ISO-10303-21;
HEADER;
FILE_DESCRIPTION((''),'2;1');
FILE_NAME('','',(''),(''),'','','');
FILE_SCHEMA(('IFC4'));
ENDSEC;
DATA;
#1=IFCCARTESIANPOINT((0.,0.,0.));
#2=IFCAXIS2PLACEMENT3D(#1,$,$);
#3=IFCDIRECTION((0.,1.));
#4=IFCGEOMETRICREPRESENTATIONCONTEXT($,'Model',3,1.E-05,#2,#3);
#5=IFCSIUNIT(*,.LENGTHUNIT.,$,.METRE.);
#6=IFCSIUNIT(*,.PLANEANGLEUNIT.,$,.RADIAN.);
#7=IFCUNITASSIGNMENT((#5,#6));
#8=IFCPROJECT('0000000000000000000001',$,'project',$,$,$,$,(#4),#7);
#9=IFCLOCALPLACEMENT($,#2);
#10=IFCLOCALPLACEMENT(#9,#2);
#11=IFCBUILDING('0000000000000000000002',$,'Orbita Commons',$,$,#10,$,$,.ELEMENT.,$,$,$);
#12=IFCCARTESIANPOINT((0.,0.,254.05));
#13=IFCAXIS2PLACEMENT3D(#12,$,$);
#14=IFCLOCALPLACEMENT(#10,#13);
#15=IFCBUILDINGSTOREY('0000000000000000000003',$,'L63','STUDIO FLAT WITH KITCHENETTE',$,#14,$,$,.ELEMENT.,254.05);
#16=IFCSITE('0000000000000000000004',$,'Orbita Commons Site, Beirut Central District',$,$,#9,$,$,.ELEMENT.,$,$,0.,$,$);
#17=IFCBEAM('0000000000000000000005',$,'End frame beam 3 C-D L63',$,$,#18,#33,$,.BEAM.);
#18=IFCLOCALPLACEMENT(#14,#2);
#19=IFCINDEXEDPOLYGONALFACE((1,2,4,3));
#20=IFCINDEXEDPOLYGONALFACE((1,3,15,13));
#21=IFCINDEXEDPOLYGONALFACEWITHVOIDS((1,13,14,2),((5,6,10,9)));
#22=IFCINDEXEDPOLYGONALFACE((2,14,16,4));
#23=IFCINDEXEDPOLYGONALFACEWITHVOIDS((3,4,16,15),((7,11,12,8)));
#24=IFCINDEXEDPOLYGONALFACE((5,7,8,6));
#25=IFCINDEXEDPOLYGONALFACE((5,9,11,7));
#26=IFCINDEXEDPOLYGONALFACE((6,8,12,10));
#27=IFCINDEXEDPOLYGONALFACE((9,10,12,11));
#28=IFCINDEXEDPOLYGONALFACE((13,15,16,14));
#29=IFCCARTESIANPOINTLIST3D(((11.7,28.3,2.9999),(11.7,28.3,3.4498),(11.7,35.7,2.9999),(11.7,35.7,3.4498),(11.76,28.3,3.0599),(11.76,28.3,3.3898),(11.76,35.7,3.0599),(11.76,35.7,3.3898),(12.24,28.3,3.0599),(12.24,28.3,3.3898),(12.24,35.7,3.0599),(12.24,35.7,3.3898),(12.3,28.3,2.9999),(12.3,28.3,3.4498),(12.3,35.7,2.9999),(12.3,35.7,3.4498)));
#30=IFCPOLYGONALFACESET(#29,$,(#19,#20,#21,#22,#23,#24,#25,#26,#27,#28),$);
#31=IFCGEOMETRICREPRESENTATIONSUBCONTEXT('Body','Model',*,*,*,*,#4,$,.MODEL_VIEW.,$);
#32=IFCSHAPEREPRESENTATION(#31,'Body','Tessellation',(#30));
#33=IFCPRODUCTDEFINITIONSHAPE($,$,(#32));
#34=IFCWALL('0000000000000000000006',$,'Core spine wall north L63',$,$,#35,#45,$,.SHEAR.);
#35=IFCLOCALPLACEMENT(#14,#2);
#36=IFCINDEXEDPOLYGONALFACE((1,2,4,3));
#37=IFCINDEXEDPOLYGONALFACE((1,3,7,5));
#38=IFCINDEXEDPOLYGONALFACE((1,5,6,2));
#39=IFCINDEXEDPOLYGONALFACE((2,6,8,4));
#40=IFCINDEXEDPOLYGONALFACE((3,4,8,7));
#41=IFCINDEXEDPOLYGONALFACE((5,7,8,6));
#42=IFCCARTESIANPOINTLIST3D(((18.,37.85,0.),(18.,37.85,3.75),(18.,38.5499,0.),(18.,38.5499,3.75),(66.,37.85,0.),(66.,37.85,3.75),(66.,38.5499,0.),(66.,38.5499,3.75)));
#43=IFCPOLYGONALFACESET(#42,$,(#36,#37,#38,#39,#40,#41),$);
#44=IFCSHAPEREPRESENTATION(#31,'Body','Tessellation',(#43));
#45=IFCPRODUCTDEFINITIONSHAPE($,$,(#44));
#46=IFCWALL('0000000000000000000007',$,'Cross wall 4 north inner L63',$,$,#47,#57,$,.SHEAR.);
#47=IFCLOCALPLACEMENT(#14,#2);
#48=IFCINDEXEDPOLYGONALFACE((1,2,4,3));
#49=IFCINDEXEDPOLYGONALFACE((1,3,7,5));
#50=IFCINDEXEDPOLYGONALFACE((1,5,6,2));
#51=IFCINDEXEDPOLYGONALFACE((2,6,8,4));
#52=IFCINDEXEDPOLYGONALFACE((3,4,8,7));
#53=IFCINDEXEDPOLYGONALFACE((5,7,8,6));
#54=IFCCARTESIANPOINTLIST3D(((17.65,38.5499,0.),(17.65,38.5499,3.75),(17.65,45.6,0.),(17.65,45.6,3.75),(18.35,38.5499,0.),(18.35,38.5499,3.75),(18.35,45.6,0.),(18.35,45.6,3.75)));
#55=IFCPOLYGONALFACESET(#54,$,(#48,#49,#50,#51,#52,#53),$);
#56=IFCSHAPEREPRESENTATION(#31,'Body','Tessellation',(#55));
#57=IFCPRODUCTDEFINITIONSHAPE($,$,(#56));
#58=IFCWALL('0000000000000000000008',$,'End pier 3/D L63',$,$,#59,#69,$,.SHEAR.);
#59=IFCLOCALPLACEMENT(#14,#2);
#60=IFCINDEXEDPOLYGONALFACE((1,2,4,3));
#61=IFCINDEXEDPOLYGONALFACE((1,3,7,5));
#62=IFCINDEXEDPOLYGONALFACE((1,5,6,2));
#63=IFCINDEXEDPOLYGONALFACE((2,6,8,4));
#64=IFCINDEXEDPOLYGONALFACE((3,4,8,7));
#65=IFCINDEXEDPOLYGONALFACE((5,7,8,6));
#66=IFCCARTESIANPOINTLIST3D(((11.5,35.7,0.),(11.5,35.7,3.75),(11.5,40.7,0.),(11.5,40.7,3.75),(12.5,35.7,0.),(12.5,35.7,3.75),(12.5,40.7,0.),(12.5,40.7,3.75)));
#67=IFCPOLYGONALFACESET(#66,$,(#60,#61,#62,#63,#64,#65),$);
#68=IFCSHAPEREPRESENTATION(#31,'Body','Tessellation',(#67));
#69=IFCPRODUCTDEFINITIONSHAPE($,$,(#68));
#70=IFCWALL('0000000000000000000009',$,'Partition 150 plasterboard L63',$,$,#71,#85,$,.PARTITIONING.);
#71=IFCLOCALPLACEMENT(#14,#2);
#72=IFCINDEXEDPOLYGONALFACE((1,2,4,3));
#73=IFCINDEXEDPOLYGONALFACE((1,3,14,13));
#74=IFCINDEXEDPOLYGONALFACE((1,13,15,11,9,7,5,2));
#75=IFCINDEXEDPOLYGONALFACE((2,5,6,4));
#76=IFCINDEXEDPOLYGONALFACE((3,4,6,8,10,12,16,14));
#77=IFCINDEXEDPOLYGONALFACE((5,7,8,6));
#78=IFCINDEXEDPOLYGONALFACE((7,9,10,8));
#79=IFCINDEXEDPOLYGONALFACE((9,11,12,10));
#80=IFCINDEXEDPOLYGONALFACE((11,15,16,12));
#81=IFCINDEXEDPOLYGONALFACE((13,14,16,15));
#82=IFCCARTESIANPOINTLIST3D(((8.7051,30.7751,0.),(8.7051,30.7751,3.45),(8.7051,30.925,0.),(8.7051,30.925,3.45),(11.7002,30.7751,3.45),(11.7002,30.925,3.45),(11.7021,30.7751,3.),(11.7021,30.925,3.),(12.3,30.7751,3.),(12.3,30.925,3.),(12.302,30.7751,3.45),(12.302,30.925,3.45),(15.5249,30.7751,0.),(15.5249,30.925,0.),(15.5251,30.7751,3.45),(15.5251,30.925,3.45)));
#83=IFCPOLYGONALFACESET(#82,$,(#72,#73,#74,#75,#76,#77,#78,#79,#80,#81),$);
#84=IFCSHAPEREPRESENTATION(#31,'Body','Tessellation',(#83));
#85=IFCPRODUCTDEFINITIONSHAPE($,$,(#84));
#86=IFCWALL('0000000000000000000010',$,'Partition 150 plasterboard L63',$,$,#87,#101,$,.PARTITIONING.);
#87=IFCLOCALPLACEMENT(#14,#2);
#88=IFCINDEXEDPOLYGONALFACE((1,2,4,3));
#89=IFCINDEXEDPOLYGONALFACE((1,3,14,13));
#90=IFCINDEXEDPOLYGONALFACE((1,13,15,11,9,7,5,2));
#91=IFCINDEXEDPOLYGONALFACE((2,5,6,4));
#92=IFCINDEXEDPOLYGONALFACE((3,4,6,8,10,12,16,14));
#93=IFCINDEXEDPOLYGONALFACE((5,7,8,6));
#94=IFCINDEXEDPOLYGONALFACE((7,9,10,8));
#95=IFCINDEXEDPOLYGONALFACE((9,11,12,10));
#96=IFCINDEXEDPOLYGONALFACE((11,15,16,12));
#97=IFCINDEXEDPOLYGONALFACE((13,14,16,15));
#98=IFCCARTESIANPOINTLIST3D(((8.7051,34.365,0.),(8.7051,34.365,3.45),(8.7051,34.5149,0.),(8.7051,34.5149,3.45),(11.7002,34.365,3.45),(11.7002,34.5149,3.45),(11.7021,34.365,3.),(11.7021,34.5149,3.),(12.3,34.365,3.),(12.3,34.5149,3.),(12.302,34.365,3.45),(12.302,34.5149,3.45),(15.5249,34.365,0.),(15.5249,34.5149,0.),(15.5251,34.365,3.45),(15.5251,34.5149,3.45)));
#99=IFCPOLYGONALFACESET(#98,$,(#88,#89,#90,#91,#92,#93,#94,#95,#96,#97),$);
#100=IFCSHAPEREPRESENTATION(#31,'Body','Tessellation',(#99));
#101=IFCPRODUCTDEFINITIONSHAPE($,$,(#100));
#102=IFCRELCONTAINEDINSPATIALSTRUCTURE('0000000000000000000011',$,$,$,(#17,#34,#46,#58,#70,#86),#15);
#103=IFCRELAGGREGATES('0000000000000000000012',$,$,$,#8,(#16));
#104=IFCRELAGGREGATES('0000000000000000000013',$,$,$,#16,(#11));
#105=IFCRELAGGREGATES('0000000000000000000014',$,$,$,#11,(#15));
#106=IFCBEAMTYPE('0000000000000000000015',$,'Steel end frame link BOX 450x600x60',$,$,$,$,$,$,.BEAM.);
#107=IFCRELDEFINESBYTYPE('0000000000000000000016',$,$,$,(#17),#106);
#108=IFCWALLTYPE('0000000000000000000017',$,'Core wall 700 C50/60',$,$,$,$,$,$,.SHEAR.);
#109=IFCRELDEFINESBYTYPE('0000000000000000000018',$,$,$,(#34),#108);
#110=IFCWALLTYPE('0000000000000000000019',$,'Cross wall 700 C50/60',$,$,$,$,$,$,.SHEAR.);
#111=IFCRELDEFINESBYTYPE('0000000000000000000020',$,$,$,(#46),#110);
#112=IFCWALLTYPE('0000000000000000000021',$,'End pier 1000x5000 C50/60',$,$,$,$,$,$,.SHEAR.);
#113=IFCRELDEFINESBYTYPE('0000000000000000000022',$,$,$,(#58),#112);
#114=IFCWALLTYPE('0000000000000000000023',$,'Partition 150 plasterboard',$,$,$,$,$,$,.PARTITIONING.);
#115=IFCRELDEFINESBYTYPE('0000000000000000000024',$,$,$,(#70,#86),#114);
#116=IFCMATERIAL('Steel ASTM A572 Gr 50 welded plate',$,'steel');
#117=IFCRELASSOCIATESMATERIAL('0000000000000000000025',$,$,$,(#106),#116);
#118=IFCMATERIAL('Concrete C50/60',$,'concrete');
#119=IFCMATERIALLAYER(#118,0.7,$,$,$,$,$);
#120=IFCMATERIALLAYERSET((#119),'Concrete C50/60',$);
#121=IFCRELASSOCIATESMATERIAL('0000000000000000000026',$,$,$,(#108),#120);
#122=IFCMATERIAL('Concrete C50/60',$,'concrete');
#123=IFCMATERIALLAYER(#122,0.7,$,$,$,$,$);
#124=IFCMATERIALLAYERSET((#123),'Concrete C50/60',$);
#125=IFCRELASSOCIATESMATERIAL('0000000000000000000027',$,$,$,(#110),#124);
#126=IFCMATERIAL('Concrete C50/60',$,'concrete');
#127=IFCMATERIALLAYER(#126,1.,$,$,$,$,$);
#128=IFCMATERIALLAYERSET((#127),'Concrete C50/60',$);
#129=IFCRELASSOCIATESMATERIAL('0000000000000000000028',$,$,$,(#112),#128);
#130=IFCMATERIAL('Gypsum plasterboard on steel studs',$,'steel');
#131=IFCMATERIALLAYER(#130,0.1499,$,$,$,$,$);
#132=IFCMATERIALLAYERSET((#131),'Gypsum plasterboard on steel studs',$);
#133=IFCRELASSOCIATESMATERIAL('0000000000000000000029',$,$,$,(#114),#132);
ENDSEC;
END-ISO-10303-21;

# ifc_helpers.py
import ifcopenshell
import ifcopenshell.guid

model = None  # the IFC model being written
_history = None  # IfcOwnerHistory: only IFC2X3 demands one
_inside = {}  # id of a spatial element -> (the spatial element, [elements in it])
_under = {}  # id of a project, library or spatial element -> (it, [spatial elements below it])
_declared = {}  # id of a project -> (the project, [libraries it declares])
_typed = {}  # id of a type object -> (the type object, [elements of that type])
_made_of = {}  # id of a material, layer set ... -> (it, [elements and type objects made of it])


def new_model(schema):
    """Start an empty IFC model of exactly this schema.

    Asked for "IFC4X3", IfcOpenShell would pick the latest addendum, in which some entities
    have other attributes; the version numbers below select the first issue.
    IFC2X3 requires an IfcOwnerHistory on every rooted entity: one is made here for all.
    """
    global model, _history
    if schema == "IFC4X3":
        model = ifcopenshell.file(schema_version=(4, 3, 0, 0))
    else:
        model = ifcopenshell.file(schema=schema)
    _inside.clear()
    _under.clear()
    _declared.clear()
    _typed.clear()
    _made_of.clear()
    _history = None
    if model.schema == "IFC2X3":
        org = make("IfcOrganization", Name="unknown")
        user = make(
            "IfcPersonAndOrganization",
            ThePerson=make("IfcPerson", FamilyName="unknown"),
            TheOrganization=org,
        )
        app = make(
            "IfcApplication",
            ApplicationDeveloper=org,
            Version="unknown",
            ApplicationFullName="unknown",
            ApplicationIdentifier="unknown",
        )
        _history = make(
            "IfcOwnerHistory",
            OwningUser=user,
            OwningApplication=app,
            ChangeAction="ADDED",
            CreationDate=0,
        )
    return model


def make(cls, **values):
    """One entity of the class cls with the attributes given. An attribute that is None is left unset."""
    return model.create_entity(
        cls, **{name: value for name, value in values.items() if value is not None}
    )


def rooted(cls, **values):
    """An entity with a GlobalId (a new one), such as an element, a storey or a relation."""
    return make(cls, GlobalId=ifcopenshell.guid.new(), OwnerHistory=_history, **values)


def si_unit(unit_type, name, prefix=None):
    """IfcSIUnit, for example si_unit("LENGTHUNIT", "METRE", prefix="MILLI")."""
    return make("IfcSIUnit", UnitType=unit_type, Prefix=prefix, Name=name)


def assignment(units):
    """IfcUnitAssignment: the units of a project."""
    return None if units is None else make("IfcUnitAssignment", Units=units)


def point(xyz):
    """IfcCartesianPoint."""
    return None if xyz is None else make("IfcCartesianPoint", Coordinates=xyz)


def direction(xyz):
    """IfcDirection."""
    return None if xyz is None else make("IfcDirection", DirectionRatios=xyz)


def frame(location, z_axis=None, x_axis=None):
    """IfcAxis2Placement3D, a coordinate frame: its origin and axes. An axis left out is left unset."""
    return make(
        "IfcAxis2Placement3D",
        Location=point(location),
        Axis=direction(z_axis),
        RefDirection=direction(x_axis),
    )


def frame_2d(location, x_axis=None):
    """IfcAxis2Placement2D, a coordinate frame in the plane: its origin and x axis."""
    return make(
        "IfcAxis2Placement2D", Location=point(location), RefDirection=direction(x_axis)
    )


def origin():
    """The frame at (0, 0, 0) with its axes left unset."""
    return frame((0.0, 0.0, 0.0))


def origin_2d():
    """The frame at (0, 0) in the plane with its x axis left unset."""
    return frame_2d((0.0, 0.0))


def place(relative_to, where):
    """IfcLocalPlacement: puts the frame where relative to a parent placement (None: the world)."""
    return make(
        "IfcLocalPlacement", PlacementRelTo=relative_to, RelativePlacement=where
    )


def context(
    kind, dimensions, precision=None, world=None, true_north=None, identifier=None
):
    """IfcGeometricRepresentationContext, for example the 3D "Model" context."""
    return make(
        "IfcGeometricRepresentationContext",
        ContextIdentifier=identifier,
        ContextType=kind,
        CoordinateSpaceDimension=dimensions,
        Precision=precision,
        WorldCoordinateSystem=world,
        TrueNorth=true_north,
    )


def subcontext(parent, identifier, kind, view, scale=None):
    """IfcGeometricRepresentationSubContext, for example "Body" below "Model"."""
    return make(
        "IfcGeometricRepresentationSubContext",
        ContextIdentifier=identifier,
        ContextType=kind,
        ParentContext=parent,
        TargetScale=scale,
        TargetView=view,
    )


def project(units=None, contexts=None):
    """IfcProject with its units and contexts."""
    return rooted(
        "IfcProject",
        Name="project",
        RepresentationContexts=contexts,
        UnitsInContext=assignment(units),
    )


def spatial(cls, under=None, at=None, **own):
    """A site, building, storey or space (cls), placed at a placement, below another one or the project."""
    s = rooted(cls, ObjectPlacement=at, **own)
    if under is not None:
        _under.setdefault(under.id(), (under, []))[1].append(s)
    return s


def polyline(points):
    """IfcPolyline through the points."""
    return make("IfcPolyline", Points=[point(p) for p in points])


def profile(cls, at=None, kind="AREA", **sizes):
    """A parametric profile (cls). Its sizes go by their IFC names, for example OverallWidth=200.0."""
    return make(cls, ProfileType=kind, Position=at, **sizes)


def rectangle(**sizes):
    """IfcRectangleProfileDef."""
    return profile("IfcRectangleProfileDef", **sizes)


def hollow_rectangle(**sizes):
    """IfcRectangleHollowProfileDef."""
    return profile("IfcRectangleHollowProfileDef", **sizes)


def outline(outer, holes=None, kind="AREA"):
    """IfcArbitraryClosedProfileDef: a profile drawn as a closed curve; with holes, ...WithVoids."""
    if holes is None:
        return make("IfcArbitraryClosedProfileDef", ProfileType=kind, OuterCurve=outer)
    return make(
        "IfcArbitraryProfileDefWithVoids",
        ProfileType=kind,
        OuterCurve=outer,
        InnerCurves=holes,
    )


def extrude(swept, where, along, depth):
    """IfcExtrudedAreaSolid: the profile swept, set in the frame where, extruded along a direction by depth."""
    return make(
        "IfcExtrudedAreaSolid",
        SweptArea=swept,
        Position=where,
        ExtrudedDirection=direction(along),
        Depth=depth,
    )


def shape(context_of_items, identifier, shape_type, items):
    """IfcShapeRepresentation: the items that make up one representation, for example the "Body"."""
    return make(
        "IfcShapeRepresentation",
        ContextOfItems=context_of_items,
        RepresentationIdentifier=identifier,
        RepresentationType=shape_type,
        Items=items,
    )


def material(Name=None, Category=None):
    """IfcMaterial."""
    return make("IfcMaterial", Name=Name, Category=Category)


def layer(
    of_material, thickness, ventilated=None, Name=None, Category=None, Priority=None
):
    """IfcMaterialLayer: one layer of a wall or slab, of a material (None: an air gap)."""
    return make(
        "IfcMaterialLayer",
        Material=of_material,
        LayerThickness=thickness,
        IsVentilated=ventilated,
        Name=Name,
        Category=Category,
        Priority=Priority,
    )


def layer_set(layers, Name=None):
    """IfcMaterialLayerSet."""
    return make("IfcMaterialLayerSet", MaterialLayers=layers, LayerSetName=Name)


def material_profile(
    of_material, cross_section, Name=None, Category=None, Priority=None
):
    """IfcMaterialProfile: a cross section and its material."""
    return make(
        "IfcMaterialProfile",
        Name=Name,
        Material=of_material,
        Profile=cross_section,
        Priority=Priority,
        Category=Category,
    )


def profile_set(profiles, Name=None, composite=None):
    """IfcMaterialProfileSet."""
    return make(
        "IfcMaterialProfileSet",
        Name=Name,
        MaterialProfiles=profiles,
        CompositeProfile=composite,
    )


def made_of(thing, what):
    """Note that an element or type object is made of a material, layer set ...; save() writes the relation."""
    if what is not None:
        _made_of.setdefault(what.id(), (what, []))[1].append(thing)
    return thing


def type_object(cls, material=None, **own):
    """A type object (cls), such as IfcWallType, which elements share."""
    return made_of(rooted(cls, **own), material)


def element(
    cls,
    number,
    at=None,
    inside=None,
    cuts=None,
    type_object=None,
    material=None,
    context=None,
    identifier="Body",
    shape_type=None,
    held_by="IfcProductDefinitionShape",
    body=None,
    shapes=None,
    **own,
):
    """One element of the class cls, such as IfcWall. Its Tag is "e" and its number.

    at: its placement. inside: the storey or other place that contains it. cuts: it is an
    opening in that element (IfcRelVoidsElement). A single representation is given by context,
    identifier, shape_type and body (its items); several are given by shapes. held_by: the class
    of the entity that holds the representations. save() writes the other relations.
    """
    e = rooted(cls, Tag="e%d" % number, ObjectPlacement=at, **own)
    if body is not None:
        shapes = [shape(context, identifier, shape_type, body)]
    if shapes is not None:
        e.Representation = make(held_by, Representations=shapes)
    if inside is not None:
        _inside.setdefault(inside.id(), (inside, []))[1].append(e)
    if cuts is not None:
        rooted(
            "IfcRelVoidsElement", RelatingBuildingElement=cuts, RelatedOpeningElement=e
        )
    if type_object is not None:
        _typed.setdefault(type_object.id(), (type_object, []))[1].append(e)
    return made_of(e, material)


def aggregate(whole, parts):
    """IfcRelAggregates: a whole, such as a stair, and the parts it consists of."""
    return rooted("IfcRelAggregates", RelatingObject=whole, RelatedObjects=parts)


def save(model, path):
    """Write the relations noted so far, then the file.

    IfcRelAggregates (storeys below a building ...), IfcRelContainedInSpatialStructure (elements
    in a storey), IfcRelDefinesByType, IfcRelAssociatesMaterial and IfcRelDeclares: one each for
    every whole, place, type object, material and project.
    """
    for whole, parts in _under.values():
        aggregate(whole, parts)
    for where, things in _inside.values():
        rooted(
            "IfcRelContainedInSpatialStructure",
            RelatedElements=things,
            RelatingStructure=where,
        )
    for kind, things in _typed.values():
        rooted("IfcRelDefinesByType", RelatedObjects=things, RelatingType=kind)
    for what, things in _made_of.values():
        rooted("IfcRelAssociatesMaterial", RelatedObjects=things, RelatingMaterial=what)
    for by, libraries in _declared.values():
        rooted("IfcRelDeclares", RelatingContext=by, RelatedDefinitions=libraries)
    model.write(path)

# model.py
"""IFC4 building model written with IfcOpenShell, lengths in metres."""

from ifc_helpers import new_model, si_unit, direction, frame, frame_2d, origin, origin_2d, place, context, subcontext, project, spatial, polyline, rectangle, hollow_rectangle, outline, extrude, material, layer, layer_set, material_profile, profile_set, type_object, element, save


model = new_model("IFC4")

# Units and contexts
model_context = context("Model", 3, precision=1e-05, world=origin(), true_north=direction((0.0, 1.0)))
body_context = subcontext(model_context, "Body", "Model", "MODEL_VIEW")
ifc_project = project(units=[si_unit("LENGTHUNIT", "METRE"), si_unit("PLANEANGLEUNIT", "RADIAN")], contexts=[model_context])

# Site, building, storey
site_placement = place(None, origin())
site = spatial("IfcSite", under=ifc_project, at=site_placement, Name="Orbita Commons Site, Beirut Central District", CompositionType="ELEMENT", RefElevation=0.0)
building_placement = place(site_placement, origin())
building = spatial("IfcBuilding", under=site, at=building_placement, Name="Orbita Commons", CompositionType="ELEMENT")
storey_placement = place(building_placement, frame((0.0, 0.0, 254.05)))
storey = spatial("IfcBuildingStorey", under=building, at=storey_placement, Name="L63", Description="STUDIO FLAT WITH KITCHENETTE", CompositionType="ELEMENT", Elevation=254.05)

# Beam
ifc_material_1 = material(Name="Steel ASTM A572 Gr 50 welded plate", Category="steel")
ifc_material_profile = material_profile(ifc_material_1, hollow_rectangle(XDim=0.6001, YDim=0.45, WallThickness=0.0601, at=origin_2d()), Name="BOX 450x600x60")
ifc_profile_set = profile_set([ifc_material_profile], Name="Steel ASTM A572 Gr 50 welded plate")
beam_type = type_object("IfcBeamType", Name="Steel end frame link BOX 450x600x60", PredefinedType="BEAM", material=ifc_profile_set)
beam_placement = place(storey_placement, frame((12.0, 28.3, 3.2249), z_axis=(0.0, 1.0, 0.0), x_axis=(-1.0, 0.0, 0.0)))
element("IfcBeam", 1, at=beam_placement, inside=storey, type_object=beam_type, Name="End frame beam 3 C-D L63", PredefinedType="BEAM", context=body_context, shape_type="SweptSolid", body=[
    extrude(hollow_rectangle(XDim=0.6001, YDim=0.45, WallThickness=0.0601, at=origin_2d()), origin(), (0.0, 0.0, 1.0), 7.3999),
])

# Walls
ifc_material_2 = material(Name="Concrete C50/60", Category="concrete")
ifc_layer_1 = layer(ifc_material_2, 0.7)
ifc_layer_set_1 = layer_set([ifc_layer_1], Name="Concrete C50/60")
wall_type_1 = type_object("IfcWallType", Name="Core wall 700 C50/60", PredefinedType="SHEAR", material=ifc_layer_set_1)
wall_1_placement = place(storey_placement, frame((18.0, 38.2, 0.0), z_axis=(0.0, 0.0, 1.0), x_axis=(1.0, 0.0, 0.0)))
element("IfcWall", 2, at=wall_1_placement, inside=storey, type_object=wall_type_1, Name="Core spine wall north L63", PredefinedType="SHEAR", context=body_context, shape_type="SweptSolid", body=[
    extrude(rectangle(XDim=48.0, YDim=0.7, at=frame_2d((24.0, 0.0))), origin(), (0.0, 0.0, 1.0), 3.75),
])
ifc_material_3 = material(Name="Concrete C50/60", Category="concrete")
ifc_layer_2 = layer(ifc_material_3, 0.7)
ifc_layer_set_2 = layer_set([ifc_layer_2], Name="Concrete C50/60")
wall_type_2 = type_object("IfcWallType", Name="Cross wall 700 C50/60", PredefinedType="SHEAR", material=ifc_layer_set_2)
wall_2_placement = place(storey_placement, frame((18.0, 38.55, 0.0), z_axis=(0.0, 0.0, 1.0), x_axis=(0.0, 1.0, 0.0)))
element("IfcWall", 3, at=wall_2_placement, inside=storey, type_object=wall_type_2, Name="Cross wall 4 north inner L63", PredefinedType="SHEAR", context=body_context, shape_type="SweptSolid", body=[
    extrude(rectangle(XDim=7.05, YDim=0.7, at=frame_2d((3.5249, 0.0))), origin(), (0.0, 0.0, 1.0), 3.75),
])
ifc_material_4 = material(Name="Concrete C50/60", Category="concrete")
ifc_layer_3 = layer(ifc_material_4, 1.0)
ifc_layer_set_3 = layer_set([ifc_layer_3], Name="Concrete C50/60")
wall_type_3 = type_object("IfcWallType", Name="End pier 1000x5000 C50/60", PredefinedType="SHEAR", material=ifc_layer_set_3)
wall_3_placement = place(storey_placement, frame((12.0, 35.7, 0.0), z_axis=(0.0, 0.0, 1.0), x_axis=(0.0, 1.0, 0.0)))
element("IfcWall", 4, at=wall_3_placement, inside=storey, type_object=wall_type_3, Name="End pier 3/D L63", PredefinedType="SHEAR", context=body_context, shape_type="SweptSolid", body=[
    extrude(rectangle(XDim=5.0, YDim=1.0, at=frame_2d((2.5, 0.0))), origin(), (0.0, 0.0, 1.0), 3.75),
])
ifc_material_5 = material(Name="Gypsum plasterboard on steel studs", Category="steel")
ifc_layer_4 = layer(ifc_material_5, 0.1499)
ifc_layer_set_4 = layer_set([ifc_layer_4], Name="Gypsum plasterboard on steel studs")
wall_type_4 = type_object("IfcWallType", Name="Partition 150 plasterboard", PredefinedType="PARTITIONING", material=ifc_layer_set_4)
for number, where, z_axis, x_axis, name in (
    (5, (8.7051, 30.8501, 0.0), (0.0, 0.0, 1.0), (1.0, 0.0, 0.0), "Partition 150 plasterboard L63"),
    (6, (8.7051, 34.4399, 0.0), (0.0, 0.0, 1.0), (1.0, 0.0, 0.0), "Partition 150 plasterboard L63"),
):
    element("IfcWall", number, at=place(storey_placement, frame(where, z_axis=z_axis, x_axis=x_axis)), inside=storey, type_object=wall_type_4, Name=name, PredefinedType="PARTITIONING", context=body_context, shape_type="SweptSolid", body=[
        extrude(outline(polyline([(0.0, 0.0), (6.8198, 0.0), (6.8201, 3.45), (3.5969, 3.45), (3.595, 3.0), (2.9971, 3.0), (2.9951, 3.45), (0.0, 3.45), (0.0, 0.0)])), frame((0.0, 0.075, 0.0), z_axis=(0.0, -1.0, 0.0), x_axis=(1.0, 0.0, 0.0)), (0.0, 0.0, 1.0), 0.1499),
    ])

save(model, "model.ifc")
